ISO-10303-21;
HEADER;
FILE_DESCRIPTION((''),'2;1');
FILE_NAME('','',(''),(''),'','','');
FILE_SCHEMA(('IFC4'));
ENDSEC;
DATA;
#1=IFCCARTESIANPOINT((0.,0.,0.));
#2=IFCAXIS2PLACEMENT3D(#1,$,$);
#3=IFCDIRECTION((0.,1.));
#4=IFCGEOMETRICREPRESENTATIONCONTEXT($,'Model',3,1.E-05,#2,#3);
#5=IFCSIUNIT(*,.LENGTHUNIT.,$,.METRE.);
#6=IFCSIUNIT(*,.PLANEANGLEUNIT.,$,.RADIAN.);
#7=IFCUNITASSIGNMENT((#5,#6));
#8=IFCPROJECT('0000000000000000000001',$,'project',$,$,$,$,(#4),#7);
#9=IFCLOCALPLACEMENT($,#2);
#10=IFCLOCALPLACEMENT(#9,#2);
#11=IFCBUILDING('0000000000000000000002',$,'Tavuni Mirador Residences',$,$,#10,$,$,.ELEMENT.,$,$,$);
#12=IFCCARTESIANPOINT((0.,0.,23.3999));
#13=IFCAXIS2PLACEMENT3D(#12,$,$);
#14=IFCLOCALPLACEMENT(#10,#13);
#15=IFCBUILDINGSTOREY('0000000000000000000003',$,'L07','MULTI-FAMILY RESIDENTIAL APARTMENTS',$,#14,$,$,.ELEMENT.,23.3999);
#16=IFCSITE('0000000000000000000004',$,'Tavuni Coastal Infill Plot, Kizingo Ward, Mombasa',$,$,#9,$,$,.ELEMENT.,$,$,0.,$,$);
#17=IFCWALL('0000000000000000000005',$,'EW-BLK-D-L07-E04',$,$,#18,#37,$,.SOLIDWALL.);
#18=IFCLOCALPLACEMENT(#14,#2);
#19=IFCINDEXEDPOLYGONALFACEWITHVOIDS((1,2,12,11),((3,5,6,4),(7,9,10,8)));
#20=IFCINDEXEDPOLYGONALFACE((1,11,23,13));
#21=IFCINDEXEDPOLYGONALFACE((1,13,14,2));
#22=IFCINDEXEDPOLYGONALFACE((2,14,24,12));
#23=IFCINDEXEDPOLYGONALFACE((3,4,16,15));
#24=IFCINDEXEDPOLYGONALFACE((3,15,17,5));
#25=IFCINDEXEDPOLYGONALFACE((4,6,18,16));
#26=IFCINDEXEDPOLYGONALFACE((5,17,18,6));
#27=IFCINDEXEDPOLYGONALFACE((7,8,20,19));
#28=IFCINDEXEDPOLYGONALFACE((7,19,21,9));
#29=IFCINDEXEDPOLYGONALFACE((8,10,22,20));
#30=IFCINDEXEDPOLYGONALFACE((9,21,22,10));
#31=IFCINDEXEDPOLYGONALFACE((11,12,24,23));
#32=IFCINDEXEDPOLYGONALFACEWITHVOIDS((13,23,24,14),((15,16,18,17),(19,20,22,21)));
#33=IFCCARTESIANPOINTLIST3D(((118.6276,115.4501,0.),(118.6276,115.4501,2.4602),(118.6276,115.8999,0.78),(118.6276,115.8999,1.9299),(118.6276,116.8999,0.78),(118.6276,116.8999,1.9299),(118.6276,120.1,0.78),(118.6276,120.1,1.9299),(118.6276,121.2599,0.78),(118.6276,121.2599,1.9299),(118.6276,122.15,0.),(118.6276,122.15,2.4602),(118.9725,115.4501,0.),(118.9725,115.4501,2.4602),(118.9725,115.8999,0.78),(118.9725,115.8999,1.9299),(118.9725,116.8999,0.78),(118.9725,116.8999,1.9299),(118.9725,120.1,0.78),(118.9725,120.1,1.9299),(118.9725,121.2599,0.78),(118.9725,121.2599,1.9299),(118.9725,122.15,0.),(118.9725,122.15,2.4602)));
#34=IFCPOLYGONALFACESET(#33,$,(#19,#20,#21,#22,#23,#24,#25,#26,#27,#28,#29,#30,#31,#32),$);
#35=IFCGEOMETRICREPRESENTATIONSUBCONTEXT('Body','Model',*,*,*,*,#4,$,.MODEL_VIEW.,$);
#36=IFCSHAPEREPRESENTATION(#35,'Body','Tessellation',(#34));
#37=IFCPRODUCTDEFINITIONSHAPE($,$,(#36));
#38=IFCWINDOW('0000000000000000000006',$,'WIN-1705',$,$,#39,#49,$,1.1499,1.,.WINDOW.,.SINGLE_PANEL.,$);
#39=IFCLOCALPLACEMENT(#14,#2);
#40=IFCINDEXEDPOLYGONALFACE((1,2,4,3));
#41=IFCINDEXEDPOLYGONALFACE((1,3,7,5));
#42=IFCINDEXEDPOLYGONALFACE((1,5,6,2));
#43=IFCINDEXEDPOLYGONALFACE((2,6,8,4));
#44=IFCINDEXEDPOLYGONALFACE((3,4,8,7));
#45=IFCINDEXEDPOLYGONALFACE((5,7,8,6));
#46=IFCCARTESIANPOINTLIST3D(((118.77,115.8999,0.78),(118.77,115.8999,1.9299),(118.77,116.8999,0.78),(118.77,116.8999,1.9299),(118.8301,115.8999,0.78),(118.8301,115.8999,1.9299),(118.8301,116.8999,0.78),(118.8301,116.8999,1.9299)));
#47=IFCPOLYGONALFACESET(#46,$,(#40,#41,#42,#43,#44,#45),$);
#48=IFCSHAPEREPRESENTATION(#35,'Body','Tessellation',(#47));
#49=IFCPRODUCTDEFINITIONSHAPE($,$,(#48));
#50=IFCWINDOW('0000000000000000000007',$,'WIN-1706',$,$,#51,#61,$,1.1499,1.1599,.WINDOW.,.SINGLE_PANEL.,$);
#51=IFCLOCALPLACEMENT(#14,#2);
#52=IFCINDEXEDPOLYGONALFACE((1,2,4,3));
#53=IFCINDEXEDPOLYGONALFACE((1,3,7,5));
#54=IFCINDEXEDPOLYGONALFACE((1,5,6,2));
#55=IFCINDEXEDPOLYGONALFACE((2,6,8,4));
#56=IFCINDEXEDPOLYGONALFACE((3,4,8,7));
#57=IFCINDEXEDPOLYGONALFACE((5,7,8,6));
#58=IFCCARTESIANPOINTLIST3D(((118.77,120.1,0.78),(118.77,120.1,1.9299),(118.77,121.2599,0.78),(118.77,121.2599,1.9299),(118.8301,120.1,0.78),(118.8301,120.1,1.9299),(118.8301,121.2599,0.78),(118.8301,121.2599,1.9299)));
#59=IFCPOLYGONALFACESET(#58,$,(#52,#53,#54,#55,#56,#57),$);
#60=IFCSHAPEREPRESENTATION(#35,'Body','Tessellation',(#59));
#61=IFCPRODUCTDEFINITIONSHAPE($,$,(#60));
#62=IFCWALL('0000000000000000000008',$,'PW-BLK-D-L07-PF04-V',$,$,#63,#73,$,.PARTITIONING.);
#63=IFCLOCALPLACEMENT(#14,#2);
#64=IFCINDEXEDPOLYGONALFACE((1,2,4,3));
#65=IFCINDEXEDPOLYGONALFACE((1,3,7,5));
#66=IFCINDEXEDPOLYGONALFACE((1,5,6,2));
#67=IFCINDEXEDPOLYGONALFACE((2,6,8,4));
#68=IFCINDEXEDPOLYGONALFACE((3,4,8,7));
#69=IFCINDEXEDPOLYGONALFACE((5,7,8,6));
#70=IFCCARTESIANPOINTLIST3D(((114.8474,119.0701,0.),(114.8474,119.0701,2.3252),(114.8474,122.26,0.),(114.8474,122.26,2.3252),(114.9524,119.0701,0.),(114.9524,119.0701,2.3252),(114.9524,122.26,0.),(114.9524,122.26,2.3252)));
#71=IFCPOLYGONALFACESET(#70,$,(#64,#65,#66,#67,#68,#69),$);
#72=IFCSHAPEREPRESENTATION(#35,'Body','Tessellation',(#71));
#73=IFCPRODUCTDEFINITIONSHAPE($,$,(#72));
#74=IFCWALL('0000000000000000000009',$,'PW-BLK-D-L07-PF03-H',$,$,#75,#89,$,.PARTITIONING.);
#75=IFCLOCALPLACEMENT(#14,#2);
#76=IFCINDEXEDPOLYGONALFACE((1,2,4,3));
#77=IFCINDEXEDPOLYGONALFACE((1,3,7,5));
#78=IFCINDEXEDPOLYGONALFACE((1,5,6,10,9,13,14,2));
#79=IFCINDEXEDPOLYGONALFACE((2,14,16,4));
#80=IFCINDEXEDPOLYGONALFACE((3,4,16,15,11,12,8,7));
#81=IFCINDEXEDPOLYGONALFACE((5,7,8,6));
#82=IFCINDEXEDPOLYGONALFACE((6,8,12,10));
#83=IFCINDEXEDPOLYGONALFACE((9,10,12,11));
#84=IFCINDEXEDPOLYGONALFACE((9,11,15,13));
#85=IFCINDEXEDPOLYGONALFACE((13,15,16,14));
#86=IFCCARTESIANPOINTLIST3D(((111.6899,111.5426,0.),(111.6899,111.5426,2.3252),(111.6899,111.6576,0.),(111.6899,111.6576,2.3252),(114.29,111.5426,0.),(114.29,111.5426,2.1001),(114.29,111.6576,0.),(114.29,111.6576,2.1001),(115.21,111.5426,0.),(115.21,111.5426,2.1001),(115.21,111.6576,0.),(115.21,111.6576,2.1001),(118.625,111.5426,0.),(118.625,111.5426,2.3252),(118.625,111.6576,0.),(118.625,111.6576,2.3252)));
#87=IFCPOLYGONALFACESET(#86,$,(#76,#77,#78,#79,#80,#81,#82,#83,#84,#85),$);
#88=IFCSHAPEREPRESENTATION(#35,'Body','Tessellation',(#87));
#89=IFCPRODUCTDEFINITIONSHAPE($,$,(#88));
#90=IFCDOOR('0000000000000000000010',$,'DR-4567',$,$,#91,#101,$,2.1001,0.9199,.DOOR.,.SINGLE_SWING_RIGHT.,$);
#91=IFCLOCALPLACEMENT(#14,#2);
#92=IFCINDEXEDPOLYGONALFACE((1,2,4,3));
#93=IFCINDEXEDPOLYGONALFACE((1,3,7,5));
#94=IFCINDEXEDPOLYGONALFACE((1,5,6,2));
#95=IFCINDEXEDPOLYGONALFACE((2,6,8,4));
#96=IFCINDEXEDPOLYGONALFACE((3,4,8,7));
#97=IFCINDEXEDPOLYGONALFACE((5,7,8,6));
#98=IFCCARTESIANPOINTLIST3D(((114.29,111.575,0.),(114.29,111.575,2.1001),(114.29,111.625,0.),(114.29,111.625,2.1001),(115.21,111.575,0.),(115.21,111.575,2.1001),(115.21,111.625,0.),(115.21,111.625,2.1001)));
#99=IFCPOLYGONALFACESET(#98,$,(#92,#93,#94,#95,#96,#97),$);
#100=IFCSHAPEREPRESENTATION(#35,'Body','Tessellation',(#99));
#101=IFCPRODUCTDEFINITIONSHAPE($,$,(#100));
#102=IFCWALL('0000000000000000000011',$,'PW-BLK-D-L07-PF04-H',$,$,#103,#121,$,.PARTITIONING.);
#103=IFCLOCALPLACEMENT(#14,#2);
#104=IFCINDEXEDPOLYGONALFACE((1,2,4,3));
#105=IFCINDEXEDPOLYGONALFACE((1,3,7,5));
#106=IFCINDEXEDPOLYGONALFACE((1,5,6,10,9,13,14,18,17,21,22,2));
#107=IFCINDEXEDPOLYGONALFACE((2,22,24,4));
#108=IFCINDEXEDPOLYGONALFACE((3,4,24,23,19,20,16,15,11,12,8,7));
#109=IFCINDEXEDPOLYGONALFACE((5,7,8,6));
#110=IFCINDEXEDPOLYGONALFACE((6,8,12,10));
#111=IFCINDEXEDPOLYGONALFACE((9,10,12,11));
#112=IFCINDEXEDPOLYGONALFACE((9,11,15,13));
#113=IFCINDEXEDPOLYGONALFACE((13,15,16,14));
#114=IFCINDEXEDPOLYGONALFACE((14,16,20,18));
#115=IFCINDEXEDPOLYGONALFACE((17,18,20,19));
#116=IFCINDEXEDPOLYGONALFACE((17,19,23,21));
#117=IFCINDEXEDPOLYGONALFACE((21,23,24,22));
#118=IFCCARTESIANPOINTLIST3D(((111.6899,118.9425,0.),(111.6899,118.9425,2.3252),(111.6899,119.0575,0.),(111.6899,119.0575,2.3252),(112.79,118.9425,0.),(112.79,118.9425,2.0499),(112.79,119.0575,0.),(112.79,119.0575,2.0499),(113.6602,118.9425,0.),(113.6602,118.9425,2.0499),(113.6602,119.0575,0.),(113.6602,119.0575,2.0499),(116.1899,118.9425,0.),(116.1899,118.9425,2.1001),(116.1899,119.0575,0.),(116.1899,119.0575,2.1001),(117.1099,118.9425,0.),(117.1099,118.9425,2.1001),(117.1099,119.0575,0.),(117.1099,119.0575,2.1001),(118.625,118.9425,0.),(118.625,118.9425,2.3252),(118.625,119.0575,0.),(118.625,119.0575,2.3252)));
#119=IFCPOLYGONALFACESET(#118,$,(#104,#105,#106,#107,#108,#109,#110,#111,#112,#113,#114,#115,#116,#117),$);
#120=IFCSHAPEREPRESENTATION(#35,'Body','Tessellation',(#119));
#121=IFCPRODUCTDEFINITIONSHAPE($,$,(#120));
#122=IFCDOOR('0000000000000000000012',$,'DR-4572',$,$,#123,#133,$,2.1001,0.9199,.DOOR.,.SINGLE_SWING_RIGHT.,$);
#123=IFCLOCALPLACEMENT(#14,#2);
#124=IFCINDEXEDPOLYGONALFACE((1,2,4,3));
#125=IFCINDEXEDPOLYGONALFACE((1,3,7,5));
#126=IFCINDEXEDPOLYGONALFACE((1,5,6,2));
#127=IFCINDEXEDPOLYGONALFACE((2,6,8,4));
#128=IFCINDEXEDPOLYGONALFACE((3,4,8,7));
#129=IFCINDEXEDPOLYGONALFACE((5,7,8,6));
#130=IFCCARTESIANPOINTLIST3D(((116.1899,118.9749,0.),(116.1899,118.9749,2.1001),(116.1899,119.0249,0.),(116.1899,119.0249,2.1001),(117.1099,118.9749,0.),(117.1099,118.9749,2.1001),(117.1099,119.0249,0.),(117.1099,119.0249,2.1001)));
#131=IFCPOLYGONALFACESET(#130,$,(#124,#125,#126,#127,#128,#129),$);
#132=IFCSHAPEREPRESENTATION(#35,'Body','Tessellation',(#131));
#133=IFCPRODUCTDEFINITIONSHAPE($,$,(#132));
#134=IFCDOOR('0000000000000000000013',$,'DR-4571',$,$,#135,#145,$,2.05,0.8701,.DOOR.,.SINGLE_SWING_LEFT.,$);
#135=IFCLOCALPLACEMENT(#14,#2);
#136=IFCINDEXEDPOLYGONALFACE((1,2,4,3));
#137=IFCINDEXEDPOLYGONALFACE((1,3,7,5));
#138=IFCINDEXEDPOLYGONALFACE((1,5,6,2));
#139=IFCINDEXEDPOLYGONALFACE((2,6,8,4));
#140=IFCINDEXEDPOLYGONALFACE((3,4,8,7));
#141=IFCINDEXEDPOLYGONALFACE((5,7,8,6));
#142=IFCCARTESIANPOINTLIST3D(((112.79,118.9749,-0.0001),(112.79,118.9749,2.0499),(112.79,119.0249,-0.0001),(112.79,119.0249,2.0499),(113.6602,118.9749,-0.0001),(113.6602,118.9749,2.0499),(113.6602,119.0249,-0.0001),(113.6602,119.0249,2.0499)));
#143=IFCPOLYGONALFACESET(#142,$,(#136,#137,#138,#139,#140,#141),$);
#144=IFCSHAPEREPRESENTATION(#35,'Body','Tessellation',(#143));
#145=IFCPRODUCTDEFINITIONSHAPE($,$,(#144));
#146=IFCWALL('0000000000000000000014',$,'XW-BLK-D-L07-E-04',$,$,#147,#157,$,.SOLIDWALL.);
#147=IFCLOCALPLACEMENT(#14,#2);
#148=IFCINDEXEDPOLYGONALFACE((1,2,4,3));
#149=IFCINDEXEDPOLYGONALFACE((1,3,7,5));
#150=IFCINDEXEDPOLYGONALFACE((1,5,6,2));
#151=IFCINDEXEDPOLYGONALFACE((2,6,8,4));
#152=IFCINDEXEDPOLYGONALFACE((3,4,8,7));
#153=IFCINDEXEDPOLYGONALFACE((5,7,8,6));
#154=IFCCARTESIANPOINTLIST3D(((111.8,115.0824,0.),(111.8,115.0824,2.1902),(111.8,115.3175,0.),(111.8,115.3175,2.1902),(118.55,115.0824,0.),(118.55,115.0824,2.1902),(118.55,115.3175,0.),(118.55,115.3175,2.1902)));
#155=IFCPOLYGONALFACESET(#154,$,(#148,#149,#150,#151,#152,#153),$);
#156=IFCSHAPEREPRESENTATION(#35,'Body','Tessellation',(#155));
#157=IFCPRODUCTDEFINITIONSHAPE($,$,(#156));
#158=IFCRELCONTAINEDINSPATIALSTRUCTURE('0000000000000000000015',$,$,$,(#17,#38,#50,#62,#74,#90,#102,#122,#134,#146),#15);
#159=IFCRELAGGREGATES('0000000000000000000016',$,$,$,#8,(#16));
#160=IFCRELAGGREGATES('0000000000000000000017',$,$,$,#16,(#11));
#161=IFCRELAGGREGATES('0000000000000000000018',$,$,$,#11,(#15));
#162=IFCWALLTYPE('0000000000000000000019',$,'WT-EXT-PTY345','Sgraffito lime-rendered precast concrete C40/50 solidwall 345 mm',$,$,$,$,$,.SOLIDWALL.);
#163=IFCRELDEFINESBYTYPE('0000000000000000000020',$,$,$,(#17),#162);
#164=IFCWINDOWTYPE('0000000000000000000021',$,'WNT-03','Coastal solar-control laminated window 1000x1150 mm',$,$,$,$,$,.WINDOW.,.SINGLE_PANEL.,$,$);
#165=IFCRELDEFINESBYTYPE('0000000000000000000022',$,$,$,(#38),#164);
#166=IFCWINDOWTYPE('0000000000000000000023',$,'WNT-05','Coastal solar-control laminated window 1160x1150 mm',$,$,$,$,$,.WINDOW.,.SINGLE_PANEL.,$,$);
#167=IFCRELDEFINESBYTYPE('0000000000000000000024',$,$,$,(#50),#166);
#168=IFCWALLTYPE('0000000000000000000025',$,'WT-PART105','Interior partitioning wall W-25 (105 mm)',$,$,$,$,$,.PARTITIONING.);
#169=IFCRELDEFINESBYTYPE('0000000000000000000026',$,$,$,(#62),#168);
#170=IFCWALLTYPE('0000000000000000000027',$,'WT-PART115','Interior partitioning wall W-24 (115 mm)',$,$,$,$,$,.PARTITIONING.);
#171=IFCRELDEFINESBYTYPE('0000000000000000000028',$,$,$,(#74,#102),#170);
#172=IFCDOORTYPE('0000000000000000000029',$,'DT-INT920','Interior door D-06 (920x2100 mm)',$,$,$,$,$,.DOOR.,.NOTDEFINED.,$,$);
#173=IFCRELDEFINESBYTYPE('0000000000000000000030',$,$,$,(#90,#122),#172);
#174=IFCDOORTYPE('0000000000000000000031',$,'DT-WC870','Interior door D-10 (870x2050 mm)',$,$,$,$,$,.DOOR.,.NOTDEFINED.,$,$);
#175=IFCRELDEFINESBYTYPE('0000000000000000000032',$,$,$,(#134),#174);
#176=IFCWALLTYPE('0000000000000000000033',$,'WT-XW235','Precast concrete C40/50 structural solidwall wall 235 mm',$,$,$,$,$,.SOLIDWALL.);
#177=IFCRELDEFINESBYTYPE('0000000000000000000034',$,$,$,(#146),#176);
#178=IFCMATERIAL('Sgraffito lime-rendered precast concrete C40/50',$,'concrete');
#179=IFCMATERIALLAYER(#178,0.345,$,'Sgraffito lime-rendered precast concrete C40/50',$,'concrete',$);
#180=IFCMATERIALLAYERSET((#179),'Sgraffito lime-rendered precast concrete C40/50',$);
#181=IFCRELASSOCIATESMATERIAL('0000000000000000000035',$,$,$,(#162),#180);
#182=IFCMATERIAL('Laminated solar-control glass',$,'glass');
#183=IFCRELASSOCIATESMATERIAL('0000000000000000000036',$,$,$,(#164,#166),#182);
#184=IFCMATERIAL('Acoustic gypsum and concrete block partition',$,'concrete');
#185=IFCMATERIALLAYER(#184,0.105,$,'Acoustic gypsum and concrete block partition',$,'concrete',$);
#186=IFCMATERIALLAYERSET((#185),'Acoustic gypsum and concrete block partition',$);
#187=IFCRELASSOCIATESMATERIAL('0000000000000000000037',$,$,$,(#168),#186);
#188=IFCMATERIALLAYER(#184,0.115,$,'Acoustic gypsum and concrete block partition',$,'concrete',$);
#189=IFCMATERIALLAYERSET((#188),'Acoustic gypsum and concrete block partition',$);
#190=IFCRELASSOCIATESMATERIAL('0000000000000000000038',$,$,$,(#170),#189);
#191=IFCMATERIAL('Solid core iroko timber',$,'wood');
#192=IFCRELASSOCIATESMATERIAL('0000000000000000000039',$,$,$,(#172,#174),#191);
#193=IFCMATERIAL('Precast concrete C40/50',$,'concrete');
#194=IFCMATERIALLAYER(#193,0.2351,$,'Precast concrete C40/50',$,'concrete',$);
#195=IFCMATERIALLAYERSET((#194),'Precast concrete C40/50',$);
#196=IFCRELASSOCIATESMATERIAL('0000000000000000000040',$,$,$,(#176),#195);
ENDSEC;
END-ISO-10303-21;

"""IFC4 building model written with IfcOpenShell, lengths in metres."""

from ifc_helpers import new_model, si_unit, direction, frame, frame_2d, origin, place, context, subcontext, project, spatial, rectangle, extrude, material, layer, layer_set, type_object, element, fill, save


model = new_model("IFC4")

# Units and contexts
model_context = context("Model", 3, precision=1e-05, world=origin(), true_north=direction((0.0, 1.0)))
body_context = subcontext(model_context, "Body", "Model", "MODEL_VIEW")
ifc_project = project(units=[si_unit("LENGTHUNIT", "METRE"), si_unit("PLANEANGLEUNIT", "RADIAN")], contexts=[model_context])

# Site, building, storey
site_placement = place(None, origin())
site = spatial("IfcSite", under=ifc_project, at=site_placement, Name="Tavuni Coastal Infill Plot, Kizingo Ward, Mombasa", CompositionType="ELEMENT", RefElevation=0.0)
building_placement = place(site_placement, origin())
building = spatial("IfcBuilding", under=site, at=building_placement, Name="Tavuni Mirador Residences", CompositionType="ELEMENT")
storey_placement = place(building_placement, frame((0.0, 0.0, 23.3999)))
storey = spatial("IfcBuildingStorey", under=building, at=storey_placement, Name="L07", Description="MULTI-FAMILY RESIDENTIAL APARTMENTS", CompositionType="ELEMENT", Elevation=23.3999)

# Shared definitions
ifc_material_1 = material(Name="Precast concrete C40/50", Category="concrete")

# Shared definitions
ifc_material_2 = material(Name="Solid core iroko timber", Category="wood")

# Shared definitions
ifc_material_3 = material(Name="Sgraffito lime-rendered precast concrete C40/50", Category="concrete")
ifc_layer_1 = layer(ifc_material_3, 0.345, Name="Sgraffito lime-rendered precast concrete C40/50", Category="concrete")
ifc_layer_set_1 = layer_set([ifc_layer_1], Name="Sgraffito lime-rendered precast concrete C40/50")
wall_type_1 = type_object("IfcWallType", Name="WT-EXT-PTY345", Description="Sgraffito lime-rendered precast concrete C40/50 solidwall 345 mm", PredefinedType="SOLIDWALL", material=ifc_layer_set_1)
ifc_material_4 = material(Name="Laminated solar-control glass", Category="glass")

# Wall, openings, windows
wall_1_placement = place(storey_placement, frame((118.8, 115.45, 0.0), z_axis=(0.0, 0.0, 1.0), x_axis=(0.0, 1.0, 0.0)))
wall_1 = element("IfcWall", 1, at=wall_1_placement, inside=storey, type_object=wall_type_1, Name="EW-BLK-D-L07-E04", PredefinedType="SOLIDWALL", context=body_context, shape_type="SweptSolid", body=[
    extrude(rectangle(XDim=6.7, YDim=0.345, at=frame_2d((3.3501, 0.0))), origin(), (0.0, 0.0, 1.0), 2.4602),
])
opening_1_placement = place(wall_1_placement, frame((0.45, 0.0, 0.78)))
opening_1 = element("IfcOpeningElement", 2, at=opening_1_placement, cuts=wall_1, PredefinedType="OPENING", context=body_context, shape_type="SweptSolid", body=[
    extrude(rectangle(XDim=1.0, YDim=1.1499, at=frame_2d((0.5, 0.575))), frame((0.0, 0.1826, 0.0), z_axis=(0.0, -1.0, 0.0), x_axis=(1.0, 0.0, 0.0)), (0.0, 0.0, 1.0), 0.365),
])
opening_2_placement = place(wall_1_placement, frame((4.6499, 0.0, 0.78)))
opening_2 = element("IfcOpeningElement", 3, at=opening_2_placement, cuts=wall_1, PredefinedType="OPENING", context=body_context, shape_type="SweptSolid", body=[
    extrude(rectangle(XDim=1.1599, YDim=1.1499, at=frame_2d((0.5801, 0.575))), frame((0.0, 0.1826, 0.0), z_axis=(0.0, -1.0, 0.0), x_axis=(1.0, 0.0, 0.0)), (0.0, 0.0, 1.0), 0.365),
])
window_type_1 = type_object("IfcWindowType", Name="WNT-03", Description="Coastal solar-control laminated window 1000x1150 mm", PartitioningType="SINGLE_PANEL", PredefinedType="WINDOW", material=ifc_material_4)
window_1_placement = place(opening_1_placement, origin())
window_1 = element("IfcWindow", 4, at=window_1_placement, inside=storey, type_object=window_type_1, Name="WIN-1705", OverallHeight=1.1499, OverallWidth=1.0, PartitioningType="SINGLE_PANEL", PredefinedType="WINDOW", context=body_context, shape_type="SweptSolid", body=[
    extrude(rectangle(XDim=1.0, YDim=1.1499, at=frame_2d((0.5, 0.575))), frame((0.0, 0.03, 0.0), z_axis=(0.0, -1.0, 0.0), x_axis=(1.0, 0.0, 0.0)), (0.0, 0.0, 1.0), 0.0601),
])
fill(opening_1, window_1)
window_type_2 = type_object("IfcWindowType", Name="WNT-05", Description="Coastal solar-control laminated window 1160x1150 mm", PartitioningType="SINGLE_PANEL", PredefinedType="WINDOW", material=ifc_material_4)
window_2_placement = place(opening_2_placement, origin())
window_2 = element("IfcWindow", 5, at=window_2_placement, inside=storey, type_object=window_type_2, Name="WIN-1706", OverallHeight=1.1499, OverallWidth=1.1599, PartitioningType="SINGLE_PANEL", PredefinedType="WINDOW", context=body_context, shape_type="SweptSolid", body=[
    extrude(rectangle(XDim=1.1599, YDim=1.1499, at=frame_2d((0.5801, 0.575))), frame((0.0, 0.03, 0.0), z_axis=(0.0, -1.0, 0.0), x_axis=(1.0, 0.0, 0.0)), (0.0, 0.0, 1.0), 0.0601),
])
fill(opening_2, window_2)

# Wall
ifc_material_5 = material(Name="Acoustic gypsum and concrete block partition", Category="concrete")
ifc_layer_2 = layer(ifc_material_5, 0.105, Name="Acoustic gypsum and concrete block partition", Category="concrete")
ifc_layer_set_2 = layer_set([ifc_layer_2], Name="Acoustic gypsum and concrete block partition")
wall_type_2 = type_object("IfcWallType", Name="WT-PART105", Description="Interior partitioning wall W-25 (105 mm)", PredefinedType="PARTITIONING", material=ifc_layer_set_2)
wall_2_placement = place(storey_placement, frame((114.8999, 119.0701, 0.0), z_axis=(0.0, 0.0, 1.0), x_axis=(0.0, 1.0, 0.0)))
element("IfcWall", 6, at=wall_2_placement, inside=storey, type_object=wall_type_2, Name="PW-BLK-D-L07-PF04-V", PredefinedType="PARTITIONING", context=body_context, shape_type="SweptSolid", body=[
    extrude(rectangle(XDim=3.1899, YDim=0.105, at=frame_2d((1.595, 0.0))), origin(), (0.0, 0.0, 1.0), 2.3252),
])

# Wall, opening, door
ifc_layer_3 = layer(ifc_material_5, 0.115, Name="Acoustic gypsum and concrete block partition", Category="concrete")
ifc_layer_set_3 = layer_set([ifc_layer_3], Name="Acoustic gypsum and concrete block partition")
wall_type_3 = type_object("IfcWallType", Name="WT-PART115", Description="Interior partitioning wall W-24 (115 mm)", PredefinedType="PARTITIONING", material=ifc_layer_set_3)
wall_3_placement = place(storey_placement, frame((111.6899, 111.6001, 0.0), z_axis=(0.0, 0.0, 1.0), x_axis=(1.0, 0.0, 0.0)))
wall_3 = element("IfcWall", 7, at=wall_3_placement, inside=storey, type_object=wall_type_3, Name="PW-BLK-D-L07-PF03-H", PredefinedType="PARTITIONING", context=body_context, shape_type="SweptSolid", body=[
    extrude(rectangle(XDim=6.9351, YDim=0.115, at=frame_2d((3.4675, 0.0))), origin(), (0.0, 0.0, 1.0), 2.3252),
])
opening_3_placement = place(wall_3_placement, frame((2.6001, 0.0, 0.0)))
opening_3 = element("IfcOpeningElement", 8, at=opening_3_placement, cuts=wall_3, PredefinedType="OPENING", context=body_context, shape_type="SweptSolid", body=[
    extrude(rectangle(XDim=0.9199, YDim=2.1001, at=frame_2d((0.46, 1.05))), frame((0.0, 0.0674, 0.0), z_axis=(0.0, -1.0, 0.0), x_axis=(1.0, 0.0, 0.0)), (0.0, 0.0, 1.0), 0.135),
])
door_type_1 = type_object("IfcDoorType", Name="DT-INT920", Description="Interior door D-06 (920x2100 mm)", OperationType="NOTDEFINED", PredefinedType="DOOR", material=ifc_material_2)
door_1_placement = place(opening_3_placement, origin())
door_1 = element("IfcDoor", 9, at=door_1_placement, inside=storey, type_object=door_type_1, Name="DR-4567", OperationType="SINGLE_SWING_RIGHT", OverallHeight=2.1001, OverallWidth=0.9199, PredefinedType="DOOR", context=body_context, shape_type="SweptSolid", body=[
    extrude(rectangle(XDim=0.9199, YDim=2.1001, at=frame_2d((0.46, 1.05))), frame((0.0, 0.0249, 0.0), z_axis=(0.0, -1.0, 0.0), x_axis=(1.0, 0.0, 0.0)), (0.0, 0.0, 1.0), 0.05),
])
fill(opening_3, door_1)

# Wall, openings, doors
wall_4_placement = place(storey_placement, frame((111.6899, 119.0, 0.0), z_axis=(0.0, 0.0, 1.0), x_axis=(1.0, 0.0, 0.0)))
wall_4 = element("IfcWall", 10, at=wall_4_placement, inside=storey, type_object=wall_type_3, Name="PW-BLK-D-L07-PF04-H", PredefinedType="PARTITIONING", context=body_context, shape_type="SweptSolid", body=[
    extrude(rectangle(XDim=6.9351, YDim=0.115, at=frame_2d((3.4675, 0.0))), origin(), (0.0, 0.0, 1.0), 2.3252),
])
opening_4_placement = place(wall_4_placement, frame((1.1001, 0.0, 0.0)))
opening_4 = element("IfcOpeningElement", 11, at=opening_4_placement, cuts=wall_4, PredefinedType="OPENING", context=body_context, shape_type="SweptSolid", body=[
    extrude(rectangle(XDim=0.8701, YDim=2.05, at=frame_2d((0.4351, 1.0249))), frame((0.0, 0.0674, 0.0), z_axis=(0.0, -1.0, 0.0), x_axis=(1.0, 0.0, 0.0)), (0.0, 0.0, 1.0), 0.135),
])
opening_5_placement = place(wall_4_placement, frame((4.5, 0.0, 0.0)))
opening_5 = element("IfcOpeningElement", 12, at=opening_5_placement, cuts=wall_4, PredefinedType="OPENING", context=body_context, shape_type="SweptSolid", body=[
    extrude(rectangle(XDim=0.9199, YDim=2.1001, at=frame_2d((0.46, 1.05))), frame((0.0, 0.0674, 0.0), z_axis=(0.0, -1.0, 0.0), x_axis=(1.0, 0.0, 0.0)), (0.0, 0.0, 1.0), 0.135),
])
door_2_placement = place(opening_5_placement, origin())
door_2 = element("IfcDoor", 13, at=door_2_placement, inside=storey, type_object=door_type_1, Name="DR-4572", OperationType="SINGLE_SWING_RIGHT", OverallHeight=2.1001, OverallWidth=0.9199, PredefinedType="DOOR", context=body_context, shape_type="SweptSolid", body=[
    extrude(rectangle(XDim=0.9199, YDim=2.1001, at=frame_2d((0.46, 1.05))), frame((0.0, 0.0249, 0.0), z_axis=(0.0, -1.0, 0.0), x_axis=(1.0, 0.0, 0.0)), (0.0, 0.0, 1.0), 0.05),
])
fill(opening_5, door_2)
door_type_2 = type_object("IfcDoorType", Name="DT-WC870", Description="Interior door D-10 (870x2050 mm)", OperationType="NOTDEFINED", PredefinedType="DOOR", material=ifc_material_2)
door_3_placement = place(opening_4_placement, origin())
door_3 = element("IfcDoor", 14, at=door_3_placement, inside=storey, type_object=door_type_2, Name="DR-4571", OperationType="SINGLE_SWING_LEFT", OverallHeight=2.05, OverallWidth=0.8701, PredefinedType="DOOR", context=body_context, shape_type="SweptSolid", body=[
    extrude(rectangle(XDim=0.8701, YDim=2.05, at=frame_2d((0.4351, 1.0249))), frame((0.0, 0.0249, 0.0), z_axis=(0.0, -1.0, 0.0), x_axis=(1.0, 0.0, 0.0)), (0.0, 0.0, 1.0), 0.05),
])
fill(opening_4, door_3)

# Wall
ifc_layer_4 = layer(ifc_material_1, 0.2351, Name="Precast concrete C40/50", Category="concrete")
ifc_layer_set_4 = layer_set([ifc_layer_4], Name="Precast concrete C40/50")
wall_type_4 = type_object("IfcWallType", Name="WT-XW235", Description="Precast concrete C40/50 structural solidwall wall 235 mm", PredefinedType="SOLIDWALL", material=ifc_layer_set_4)
for number, where, z_axis, x_axis, name in (
    (15, (111.8, 115.2, 0.0), (0.0, 0.0, 1.0), (1.0, 0.0, 0.0), "XW-BLK-D-L07-E-04"),
):
    element("IfcWall", number, at=place(storey_placement, frame(where, z_axis=z_axis, x_axis=x_axis)), inside=storey, type_object=wall_type_4, Name=name, PredefinedType="SOLIDWALL", context=body_context, shape_type="SweptSolid", body=[
        extrude(rectangle(XDim=6.75, YDim=0.2351, at=frame_2d((3.375, 0.0))), origin(), (0.0, 0.0, 1.0), 2.1902),
    ])

save(model, "model.ifc")
